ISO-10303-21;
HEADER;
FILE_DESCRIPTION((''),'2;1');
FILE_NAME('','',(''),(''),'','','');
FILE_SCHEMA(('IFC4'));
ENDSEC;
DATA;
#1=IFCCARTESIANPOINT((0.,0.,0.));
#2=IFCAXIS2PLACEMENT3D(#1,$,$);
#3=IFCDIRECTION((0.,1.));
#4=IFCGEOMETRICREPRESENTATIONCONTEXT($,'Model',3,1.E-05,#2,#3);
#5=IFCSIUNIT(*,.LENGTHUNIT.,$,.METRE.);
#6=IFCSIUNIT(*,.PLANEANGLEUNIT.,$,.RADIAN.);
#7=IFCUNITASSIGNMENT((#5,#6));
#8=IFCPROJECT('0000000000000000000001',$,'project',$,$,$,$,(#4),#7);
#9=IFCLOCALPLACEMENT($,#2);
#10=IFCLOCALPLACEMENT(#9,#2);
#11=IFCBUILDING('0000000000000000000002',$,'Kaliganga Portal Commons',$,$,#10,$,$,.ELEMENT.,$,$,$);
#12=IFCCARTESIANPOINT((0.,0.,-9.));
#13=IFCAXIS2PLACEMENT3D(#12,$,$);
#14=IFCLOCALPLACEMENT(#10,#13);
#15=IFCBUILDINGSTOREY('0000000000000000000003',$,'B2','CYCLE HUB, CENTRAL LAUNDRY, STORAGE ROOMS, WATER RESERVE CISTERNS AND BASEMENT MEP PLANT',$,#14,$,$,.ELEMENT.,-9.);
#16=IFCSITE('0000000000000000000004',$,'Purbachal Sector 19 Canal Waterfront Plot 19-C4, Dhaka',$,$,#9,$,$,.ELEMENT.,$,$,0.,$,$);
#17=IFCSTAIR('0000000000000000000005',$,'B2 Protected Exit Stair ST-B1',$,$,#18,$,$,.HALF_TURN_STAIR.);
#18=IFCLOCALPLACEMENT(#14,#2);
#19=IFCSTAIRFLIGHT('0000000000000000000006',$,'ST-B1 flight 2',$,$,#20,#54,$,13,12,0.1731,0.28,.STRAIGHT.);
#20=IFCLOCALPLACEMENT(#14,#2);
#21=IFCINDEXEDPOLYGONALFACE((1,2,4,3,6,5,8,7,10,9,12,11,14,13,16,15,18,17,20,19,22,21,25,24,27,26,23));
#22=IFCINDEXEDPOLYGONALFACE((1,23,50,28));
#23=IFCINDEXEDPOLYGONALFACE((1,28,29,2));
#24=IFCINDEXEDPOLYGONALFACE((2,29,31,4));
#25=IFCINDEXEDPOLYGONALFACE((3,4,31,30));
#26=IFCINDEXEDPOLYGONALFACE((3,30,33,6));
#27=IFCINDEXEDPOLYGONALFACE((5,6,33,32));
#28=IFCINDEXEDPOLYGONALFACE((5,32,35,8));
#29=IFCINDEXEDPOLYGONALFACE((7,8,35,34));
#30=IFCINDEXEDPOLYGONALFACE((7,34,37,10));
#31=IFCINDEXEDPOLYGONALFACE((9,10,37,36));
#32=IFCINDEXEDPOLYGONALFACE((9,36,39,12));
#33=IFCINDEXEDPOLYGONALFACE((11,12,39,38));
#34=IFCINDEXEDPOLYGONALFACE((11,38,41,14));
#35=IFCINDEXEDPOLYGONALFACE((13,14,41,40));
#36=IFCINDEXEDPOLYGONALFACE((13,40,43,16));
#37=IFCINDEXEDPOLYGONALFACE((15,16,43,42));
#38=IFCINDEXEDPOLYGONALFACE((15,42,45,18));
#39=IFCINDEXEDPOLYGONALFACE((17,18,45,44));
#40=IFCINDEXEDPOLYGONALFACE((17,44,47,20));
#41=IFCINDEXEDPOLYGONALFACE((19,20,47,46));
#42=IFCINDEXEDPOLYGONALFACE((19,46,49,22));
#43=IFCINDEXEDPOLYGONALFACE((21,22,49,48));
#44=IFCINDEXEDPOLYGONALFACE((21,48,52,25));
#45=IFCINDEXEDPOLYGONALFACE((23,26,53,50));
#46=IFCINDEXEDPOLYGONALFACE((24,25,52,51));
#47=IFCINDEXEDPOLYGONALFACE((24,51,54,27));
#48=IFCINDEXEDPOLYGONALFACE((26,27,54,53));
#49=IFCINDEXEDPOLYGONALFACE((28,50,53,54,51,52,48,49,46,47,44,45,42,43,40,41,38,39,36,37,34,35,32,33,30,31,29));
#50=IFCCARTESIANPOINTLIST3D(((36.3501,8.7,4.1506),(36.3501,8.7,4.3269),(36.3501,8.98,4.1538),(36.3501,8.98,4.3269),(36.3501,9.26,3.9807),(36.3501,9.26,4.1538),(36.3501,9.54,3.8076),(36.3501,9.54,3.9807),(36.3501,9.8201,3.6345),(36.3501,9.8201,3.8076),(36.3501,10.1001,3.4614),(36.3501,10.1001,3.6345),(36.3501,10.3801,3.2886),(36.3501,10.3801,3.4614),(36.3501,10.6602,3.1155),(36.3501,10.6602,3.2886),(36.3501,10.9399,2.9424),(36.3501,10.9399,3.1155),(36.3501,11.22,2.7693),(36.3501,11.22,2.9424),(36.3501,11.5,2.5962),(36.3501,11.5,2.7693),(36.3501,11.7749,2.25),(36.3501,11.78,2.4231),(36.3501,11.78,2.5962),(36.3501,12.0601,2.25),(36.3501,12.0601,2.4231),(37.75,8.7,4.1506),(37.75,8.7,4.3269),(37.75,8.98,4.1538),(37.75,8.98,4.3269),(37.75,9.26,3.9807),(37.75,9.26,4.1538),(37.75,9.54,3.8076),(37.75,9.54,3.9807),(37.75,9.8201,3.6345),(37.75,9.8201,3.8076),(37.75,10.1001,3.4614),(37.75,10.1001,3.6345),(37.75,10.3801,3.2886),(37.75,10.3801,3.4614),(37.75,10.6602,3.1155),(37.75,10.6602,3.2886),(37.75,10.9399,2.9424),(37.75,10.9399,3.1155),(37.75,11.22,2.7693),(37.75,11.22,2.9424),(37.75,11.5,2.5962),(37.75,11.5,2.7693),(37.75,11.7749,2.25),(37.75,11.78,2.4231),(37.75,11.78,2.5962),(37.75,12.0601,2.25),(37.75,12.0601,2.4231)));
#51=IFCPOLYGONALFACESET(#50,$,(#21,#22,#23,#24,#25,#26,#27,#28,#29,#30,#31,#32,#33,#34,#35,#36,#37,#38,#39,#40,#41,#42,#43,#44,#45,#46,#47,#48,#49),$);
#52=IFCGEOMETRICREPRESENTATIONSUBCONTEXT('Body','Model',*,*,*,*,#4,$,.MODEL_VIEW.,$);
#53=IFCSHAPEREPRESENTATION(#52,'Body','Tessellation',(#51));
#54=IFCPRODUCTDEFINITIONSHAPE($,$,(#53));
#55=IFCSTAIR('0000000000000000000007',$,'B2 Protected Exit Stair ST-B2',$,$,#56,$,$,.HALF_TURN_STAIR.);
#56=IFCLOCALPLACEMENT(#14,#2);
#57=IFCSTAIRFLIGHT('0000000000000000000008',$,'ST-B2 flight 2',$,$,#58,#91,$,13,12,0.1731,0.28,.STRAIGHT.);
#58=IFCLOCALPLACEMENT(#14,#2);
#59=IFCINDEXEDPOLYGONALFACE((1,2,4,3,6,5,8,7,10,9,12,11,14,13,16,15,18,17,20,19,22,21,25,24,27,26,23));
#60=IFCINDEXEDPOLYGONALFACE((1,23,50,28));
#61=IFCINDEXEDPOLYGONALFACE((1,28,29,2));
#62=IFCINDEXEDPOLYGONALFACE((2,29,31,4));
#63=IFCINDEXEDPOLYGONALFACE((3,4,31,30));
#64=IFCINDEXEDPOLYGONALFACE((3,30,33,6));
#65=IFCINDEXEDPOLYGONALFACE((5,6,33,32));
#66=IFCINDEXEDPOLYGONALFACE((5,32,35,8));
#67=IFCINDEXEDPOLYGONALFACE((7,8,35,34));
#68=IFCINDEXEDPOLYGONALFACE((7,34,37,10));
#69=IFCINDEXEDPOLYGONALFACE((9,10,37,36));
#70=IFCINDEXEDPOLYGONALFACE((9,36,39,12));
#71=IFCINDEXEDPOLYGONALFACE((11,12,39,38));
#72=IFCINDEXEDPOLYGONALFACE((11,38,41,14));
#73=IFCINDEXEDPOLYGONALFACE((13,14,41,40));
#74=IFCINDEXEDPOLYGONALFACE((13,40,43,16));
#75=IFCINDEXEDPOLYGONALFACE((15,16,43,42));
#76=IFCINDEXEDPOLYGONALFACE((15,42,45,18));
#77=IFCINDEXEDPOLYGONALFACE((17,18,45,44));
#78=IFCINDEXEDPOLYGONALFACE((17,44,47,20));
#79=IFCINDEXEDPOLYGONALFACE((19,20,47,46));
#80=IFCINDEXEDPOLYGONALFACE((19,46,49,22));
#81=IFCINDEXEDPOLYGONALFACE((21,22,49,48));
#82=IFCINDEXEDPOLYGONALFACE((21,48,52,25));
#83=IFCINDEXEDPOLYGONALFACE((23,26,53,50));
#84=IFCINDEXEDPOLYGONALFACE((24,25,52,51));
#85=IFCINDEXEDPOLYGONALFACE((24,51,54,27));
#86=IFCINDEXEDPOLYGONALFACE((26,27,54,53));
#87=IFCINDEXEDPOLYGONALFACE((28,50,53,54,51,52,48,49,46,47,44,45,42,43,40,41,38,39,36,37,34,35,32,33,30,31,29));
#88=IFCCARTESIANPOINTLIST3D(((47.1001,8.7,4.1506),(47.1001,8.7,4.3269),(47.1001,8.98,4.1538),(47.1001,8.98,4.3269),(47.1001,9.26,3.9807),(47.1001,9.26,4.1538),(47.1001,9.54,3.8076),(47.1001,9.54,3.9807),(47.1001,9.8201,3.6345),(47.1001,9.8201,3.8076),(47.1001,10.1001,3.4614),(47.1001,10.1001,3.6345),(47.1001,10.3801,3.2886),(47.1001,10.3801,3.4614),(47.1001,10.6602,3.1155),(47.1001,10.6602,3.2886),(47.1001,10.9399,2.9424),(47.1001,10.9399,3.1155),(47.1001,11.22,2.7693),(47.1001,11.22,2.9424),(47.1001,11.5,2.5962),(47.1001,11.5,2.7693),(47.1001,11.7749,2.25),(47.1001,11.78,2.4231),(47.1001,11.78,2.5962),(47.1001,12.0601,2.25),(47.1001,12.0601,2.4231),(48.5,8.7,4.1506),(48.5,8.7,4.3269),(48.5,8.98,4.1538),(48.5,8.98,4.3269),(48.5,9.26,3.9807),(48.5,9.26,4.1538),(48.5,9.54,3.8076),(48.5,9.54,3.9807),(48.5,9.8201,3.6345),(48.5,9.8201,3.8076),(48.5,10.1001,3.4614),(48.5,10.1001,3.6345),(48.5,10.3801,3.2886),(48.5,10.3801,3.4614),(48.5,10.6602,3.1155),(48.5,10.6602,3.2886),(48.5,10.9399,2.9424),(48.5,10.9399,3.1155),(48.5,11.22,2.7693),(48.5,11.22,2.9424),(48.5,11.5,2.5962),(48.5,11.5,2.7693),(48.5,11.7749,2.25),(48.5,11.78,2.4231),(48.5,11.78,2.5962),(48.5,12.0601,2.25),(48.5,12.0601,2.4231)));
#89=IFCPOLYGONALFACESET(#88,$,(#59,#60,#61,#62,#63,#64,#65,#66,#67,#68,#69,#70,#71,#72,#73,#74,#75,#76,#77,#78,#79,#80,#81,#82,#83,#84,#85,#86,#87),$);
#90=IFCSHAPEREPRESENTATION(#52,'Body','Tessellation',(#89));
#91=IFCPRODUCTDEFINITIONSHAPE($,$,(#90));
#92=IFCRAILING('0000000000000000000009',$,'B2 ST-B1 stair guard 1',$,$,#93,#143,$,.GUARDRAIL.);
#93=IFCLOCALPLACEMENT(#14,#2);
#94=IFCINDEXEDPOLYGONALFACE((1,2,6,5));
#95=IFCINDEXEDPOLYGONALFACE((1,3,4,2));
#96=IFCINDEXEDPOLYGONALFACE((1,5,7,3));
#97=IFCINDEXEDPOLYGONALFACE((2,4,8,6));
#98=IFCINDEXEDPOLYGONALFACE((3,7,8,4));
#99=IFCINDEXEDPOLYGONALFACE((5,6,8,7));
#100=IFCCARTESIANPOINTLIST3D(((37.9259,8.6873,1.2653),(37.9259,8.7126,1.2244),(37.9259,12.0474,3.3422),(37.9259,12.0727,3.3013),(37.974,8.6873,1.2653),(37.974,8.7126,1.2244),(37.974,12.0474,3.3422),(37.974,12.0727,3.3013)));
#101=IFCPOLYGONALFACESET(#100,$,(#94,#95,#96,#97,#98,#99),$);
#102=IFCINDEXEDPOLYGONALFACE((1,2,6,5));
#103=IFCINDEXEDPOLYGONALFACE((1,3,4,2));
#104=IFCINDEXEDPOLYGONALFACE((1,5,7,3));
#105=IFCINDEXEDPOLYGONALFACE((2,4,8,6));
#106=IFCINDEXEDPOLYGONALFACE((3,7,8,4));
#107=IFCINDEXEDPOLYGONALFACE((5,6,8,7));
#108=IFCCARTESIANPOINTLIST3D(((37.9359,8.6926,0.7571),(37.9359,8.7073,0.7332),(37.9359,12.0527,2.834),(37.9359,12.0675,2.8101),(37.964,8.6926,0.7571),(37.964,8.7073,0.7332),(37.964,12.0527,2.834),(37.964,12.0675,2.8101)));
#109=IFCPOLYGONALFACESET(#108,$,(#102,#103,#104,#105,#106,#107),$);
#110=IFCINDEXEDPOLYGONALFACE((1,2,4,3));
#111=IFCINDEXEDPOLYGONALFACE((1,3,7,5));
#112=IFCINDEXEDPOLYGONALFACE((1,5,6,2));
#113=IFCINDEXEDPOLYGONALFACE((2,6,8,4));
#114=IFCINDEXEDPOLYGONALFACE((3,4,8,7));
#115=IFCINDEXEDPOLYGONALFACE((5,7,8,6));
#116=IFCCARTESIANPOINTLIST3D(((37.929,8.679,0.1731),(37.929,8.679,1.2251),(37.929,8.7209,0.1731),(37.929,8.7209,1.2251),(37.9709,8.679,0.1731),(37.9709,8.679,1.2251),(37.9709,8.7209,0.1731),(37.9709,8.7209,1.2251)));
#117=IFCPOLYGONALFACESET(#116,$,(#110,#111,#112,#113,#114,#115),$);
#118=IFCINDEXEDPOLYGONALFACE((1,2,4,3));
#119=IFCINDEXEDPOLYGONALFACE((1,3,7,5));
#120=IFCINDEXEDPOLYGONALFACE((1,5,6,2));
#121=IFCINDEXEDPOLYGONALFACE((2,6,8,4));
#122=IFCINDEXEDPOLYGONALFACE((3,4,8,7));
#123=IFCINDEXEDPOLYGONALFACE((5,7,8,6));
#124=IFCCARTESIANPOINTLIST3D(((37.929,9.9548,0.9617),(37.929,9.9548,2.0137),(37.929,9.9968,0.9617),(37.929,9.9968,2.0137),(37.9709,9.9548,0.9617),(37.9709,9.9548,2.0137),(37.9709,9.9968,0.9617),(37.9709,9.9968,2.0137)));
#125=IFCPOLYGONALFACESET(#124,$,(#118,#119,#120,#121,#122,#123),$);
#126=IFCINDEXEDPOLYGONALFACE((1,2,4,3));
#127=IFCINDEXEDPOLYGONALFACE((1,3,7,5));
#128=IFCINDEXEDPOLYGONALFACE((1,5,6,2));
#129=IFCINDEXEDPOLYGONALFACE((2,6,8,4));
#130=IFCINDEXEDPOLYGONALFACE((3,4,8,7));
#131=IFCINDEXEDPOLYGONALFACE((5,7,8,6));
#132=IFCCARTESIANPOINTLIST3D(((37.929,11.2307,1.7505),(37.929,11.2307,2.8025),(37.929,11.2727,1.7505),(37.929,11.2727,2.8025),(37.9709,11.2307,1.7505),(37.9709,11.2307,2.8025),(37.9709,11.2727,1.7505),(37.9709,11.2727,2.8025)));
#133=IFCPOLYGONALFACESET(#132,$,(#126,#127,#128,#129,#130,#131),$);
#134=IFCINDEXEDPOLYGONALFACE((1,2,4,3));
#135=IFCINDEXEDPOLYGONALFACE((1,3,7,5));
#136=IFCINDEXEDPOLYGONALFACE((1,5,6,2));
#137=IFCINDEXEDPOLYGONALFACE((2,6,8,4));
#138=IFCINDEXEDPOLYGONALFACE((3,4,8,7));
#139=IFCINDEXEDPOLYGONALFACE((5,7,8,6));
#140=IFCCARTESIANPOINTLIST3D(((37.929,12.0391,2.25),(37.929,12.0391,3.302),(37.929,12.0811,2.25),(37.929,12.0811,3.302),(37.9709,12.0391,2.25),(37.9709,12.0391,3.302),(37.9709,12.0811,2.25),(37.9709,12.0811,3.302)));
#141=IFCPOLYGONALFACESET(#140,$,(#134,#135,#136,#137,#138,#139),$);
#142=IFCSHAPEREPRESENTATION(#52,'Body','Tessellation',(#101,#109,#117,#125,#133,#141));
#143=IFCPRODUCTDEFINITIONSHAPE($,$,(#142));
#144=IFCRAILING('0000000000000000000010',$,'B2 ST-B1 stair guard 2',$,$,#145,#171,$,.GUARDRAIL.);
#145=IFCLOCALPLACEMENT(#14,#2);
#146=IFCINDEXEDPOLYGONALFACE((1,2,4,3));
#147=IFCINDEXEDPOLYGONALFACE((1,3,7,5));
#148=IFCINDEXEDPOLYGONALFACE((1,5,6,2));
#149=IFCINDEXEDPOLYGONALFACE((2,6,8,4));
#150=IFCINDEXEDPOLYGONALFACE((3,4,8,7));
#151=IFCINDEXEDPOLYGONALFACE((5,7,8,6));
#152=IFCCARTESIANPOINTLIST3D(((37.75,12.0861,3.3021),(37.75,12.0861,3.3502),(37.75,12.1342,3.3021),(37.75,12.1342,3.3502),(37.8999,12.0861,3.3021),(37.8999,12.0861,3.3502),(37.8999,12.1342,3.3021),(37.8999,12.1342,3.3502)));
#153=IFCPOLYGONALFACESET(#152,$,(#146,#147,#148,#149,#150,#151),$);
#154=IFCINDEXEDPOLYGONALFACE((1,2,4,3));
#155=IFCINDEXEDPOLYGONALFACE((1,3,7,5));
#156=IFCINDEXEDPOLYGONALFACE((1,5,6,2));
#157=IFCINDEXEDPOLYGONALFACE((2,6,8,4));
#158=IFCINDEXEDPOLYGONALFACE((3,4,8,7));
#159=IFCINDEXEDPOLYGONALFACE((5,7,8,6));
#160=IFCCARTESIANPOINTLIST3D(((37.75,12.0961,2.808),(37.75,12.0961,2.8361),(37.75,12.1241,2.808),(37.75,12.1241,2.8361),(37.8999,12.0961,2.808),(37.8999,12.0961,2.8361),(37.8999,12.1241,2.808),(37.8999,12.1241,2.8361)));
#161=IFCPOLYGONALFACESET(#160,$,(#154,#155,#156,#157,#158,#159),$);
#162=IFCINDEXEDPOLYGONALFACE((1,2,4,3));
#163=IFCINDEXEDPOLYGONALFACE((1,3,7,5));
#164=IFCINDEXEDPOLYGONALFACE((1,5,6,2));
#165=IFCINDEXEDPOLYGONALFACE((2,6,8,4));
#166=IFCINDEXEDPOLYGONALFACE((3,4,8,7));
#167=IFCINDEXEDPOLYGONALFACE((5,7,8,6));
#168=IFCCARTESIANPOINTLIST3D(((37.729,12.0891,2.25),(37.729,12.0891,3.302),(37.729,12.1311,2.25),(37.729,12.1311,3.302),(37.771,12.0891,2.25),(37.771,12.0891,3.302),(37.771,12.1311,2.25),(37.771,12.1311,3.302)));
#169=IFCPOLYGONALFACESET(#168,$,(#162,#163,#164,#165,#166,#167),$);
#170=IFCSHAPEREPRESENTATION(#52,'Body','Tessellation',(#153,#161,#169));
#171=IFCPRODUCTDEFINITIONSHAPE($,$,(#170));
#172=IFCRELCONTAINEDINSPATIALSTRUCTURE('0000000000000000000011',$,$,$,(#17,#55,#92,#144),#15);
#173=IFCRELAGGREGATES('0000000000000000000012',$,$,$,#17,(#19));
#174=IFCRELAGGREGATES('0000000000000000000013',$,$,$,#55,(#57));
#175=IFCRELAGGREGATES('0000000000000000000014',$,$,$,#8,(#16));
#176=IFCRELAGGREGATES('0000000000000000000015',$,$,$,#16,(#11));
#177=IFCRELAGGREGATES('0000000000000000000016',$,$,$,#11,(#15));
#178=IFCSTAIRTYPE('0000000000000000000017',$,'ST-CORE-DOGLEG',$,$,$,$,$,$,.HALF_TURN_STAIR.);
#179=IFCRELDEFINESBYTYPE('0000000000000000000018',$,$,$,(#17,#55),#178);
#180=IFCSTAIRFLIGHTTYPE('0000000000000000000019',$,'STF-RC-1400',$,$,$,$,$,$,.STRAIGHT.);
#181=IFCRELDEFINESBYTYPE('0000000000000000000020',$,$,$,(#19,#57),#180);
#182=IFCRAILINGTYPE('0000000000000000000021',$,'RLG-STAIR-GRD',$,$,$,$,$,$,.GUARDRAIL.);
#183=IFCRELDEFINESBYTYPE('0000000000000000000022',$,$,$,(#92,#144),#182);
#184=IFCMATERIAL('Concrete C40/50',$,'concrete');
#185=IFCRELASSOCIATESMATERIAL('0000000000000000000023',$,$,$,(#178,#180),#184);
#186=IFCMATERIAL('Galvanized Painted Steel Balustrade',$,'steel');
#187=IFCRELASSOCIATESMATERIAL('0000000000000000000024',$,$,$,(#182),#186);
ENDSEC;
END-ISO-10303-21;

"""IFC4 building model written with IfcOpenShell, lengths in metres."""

from ifc_helpers import new_model, si_unit, direction, frame, origin, origin_2d, place, context, subcontext, project, spatial, polyline, rectangle, outline, extrude, material, type_object, element, aggregate, save


model = new_model("IFC4")

# Units and contexts
model_context = context("Model", 3, precision=1e-05, world=origin(), true_north=direction((0.0, 1.0)))
body_context = subcontext(model_context, "Body", "Model", "MODEL_VIEW")
ifc_project = project(units=[si_unit("LENGTHUNIT", "METRE"), si_unit("PLANEANGLEUNIT", "RADIAN")], contexts=[model_context])

# Site, building, storey
site_placement = place(None, origin())
site = spatial("IfcSite", under=ifc_project, at=site_placement, Name="Purbachal Sector 19 Canal Waterfront Plot 19-C4, Dhaka", CompositionType="ELEMENT", RefElevation=0.0)
building_placement = place(site_placement, origin())
building = spatial("IfcBuilding", under=site, at=building_placement, Name="Kaliganga Portal Commons", CompositionType="ELEMENT")
storey_placement = place(building_placement, frame((0.0, 0.0, -9.0)))
storey = spatial("IfcBuildingStorey", under=building, at=storey_placement, Name="B2", Description="CYCLE HUB, CENTRAL LAUNDRY, STORAGE ROOMS, WATER RESERVE CISTERNS AND BASEMENT MEP PLANT", CompositionType="ELEMENT", Elevation=-9.0)

# Stair, stair flight
ifc_material_1 = material(Name="Concrete C40/50", Category="concrete")
stair_type = type_object("IfcStairType", Name="ST-CORE-DOGLEG", PredefinedType="HALF_TURN_STAIR", material=ifc_material_1)
stair_1_placement = place(storey_placement, origin())
stair_1 = element("IfcStair", 1, at=stair_1_placement, inside=storey, type_object=stair_type, Name="B2 Protected Exit Stair ST-B1", PredefinedType="HALF_TURN_STAIR")
stair_flight_type = type_object("IfcStairFlightType", Name="STF-RC-1400", PredefinedType="STRAIGHT", material=ifc_material_1)
stair_flight_1_placement = place(storey_placement, frame((37.05, 12.0601, 2.25), z_axis=(0.0, 0.0, 1.0), x_axis=(0.0, -1.0, 0.0)))
stair_flight_1 = element("IfcStairFlight", 2, at=stair_flight_1_placement, type_object=stair_flight_type, Name="ST-B1 flight 2", NumberOfRisers=13, NumberOfTreads=12, PredefinedType="STRAIGHT", RiserHeight=0.1731, TreadLength=0.28, context=body_context, shape_type="SweptSolid", body=[
    extrude(outline(polyline([(0.0, 0.0), (0.0, 0.1731), (0.28, 0.1731), (0.28, 0.3462), (0.5601, 0.3462), (0.5601, 0.5193), (0.8401, 0.5193), (0.8401, 0.6924), (1.1201, 0.6924), (1.1201, 0.8655), (1.3999, 0.8655), (1.3999, 1.0386), (1.6799, 1.0386), (1.6799, 1.2114), (1.96, 1.2114), (1.96, 1.3845), (2.24, 1.3845), (2.24, 1.5576), (2.52, 1.5576), (2.52, 1.7307), (2.8, 1.7307), (2.8, 1.9038), (3.0801, 1.9038), (3.0801, 2.0769), (3.3601, 2.0769), (3.3601, 2.25), (3.3601, 1.9006), (0.2852, 0.0), (0.0, 0.0)])), frame((0.0, 0.7, 0.0), z_axis=(0.0, -1.0, 0.0), x_axis=(1.0, 0.0, 0.0)), (0.0, 0.0, 1.0), 1.3999),
])
aggregate(stair_1, [stair_flight_1])

# Stair, stair flight
stair_2_placement = place(storey_placement, origin())
stair_2 = element("IfcStair", 3, at=stair_2_placement, inside=storey, type_object=stair_type, Name="B2 Protected Exit Stair ST-B2", PredefinedType="HALF_TURN_STAIR")
stair_flight_2_placement = place(storey_placement, frame((47.8, 12.0601, 2.25), z_axis=(0.0, 0.0, 1.0), x_axis=(0.0, -1.0, 0.0)))
stair_flight_2 = element("IfcStairFlight", 4, at=stair_flight_2_placement, type_object=stair_flight_type, Name="ST-B2 flight 2", NumberOfRisers=13, NumberOfTreads=12, PredefinedType="STRAIGHT", RiserHeight=0.1731, TreadLength=0.28, context=body_context, shape_type="SweptSolid", body=[
    extrude(outline(polyline([(0.0, 0.0), (0.0, 0.1731), (0.28, 0.1731), (0.28, 0.3462), (0.5601, 0.3462), (0.5601, 0.5193), (0.8401, 0.5193), (0.8401, 0.6924), (1.1201, 0.6924), (1.1201, 0.8655), (1.3999, 0.8655), (1.3999, 1.0386), (1.6799, 1.0386), (1.6799, 1.2114), (1.96, 1.2114), (1.96, 1.3845), (2.24, 1.3845), (2.24, 1.5576), (2.52, 1.5576), (2.52, 1.7307), (2.8, 1.7307), (2.8, 1.9038), (3.0801, 1.9038), (3.0801, 2.0769), (3.3601, 2.0769), (3.3601, 2.25), (3.3601, 1.9006), (0.2852, 0.0), (0.0, 0.0)])), frame((0.0, 0.7, 0.0), z_axis=(0.0, -1.0, 0.0), x_axis=(1.0, 0.0, 0.0)), (0.0, 0.0, 1.0), 1.3999),
])
aggregate(stair_2, [stair_flight_2])

# Railings
ifc_material_2 = material(Name="Galvanized Painted Steel Balustrade", Category="steel")
railing_type_1 = type_object("IfcRailingType", Name="RLG-STAIR-GRD", PredefinedType="GUARDRAIL", material=ifc_material_2)
railing_1_placement = place(storey_placement, frame((37.95, 8.7, 0.1731)))
element("IfcRailing", 5, at=railing_1_placement, inside=storey, type_object=railing_type_1, Name="B2 ST-B1 stair guard 1", PredefinedType="GUARDRAIL", context=body_context, shape_type="SweptSolid", body=[
    extrude(rectangle(XDim=0.0481, YDim=0.0481, at=origin_2d()), frame((0.0, 0.0, 1.0718), z_axis=(0.0, 0.850623, 0.525776), x_axis=(-1.0, 0.0, 0.0)), (0.0, 0.0, 1.0), 3.9502),
    extrude(rectangle(XDim=0.0281, YDim=0.0281, at=origin_2d()), frame((0.0, 0.0, 0.572), z_axis=(0.0, 0.850623, 0.525776), x_axis=(-1.0, 0.0, 0.0)), (0.0, 0.0, 1.0), 3.9502),
    extrude(rectangle(XDim=0.042, YDim=0.042, at=origin_2d()), origin(), (0.0, 0.0, 1.0), 1.052),
    extrude(rectangle(XDim=0.042, YDim=0.042, at=origin_2d()), frame((0.0, 1.2759, 0.7886)), (0.0, 0.0, 1.0), 1.052),
    extrude(rectangle(XDim=0.042, YDim=0.042, at=origin_2d()), frame((0.0, 2.5518, 1.5774)), (0.0, 0.0, 1.0), 1.052),
    extrude(rectangle(XDim=0.042, YDim=0.042, at=origin_2d()), frame((0.0, 3.3601, 2.0769)), (0.0, 0.0, 1.0), 1.052),
])
railing_2_placement = place(storey_placement, frame((37.8999, 12.1101, 2.25)))
element("IfcRailing", 6, at=railing_2_placement, inside=storey, type_object=railing_type_1, Name="B2 ST-B1 stair guard 2", PredefinedType="GUARDRAIL", context=body_context, shape_type="SweptSolid", body=[
    extrude(rectangle(XDim=0.0481, YDim=0.0481, at=origin_2d()), frame((0.0, 0.0, 1.0762), z_axis=(-1.0, 0.0, 0.0), x_axis=(0.0, -1.0, 0.0)), (0.0, 0.0, 1.0), 0.1499),
    extrude(rectangle(XDim=0.0281, YDim=0.0281, at=origin_2d()), frame((0.0, 0.0, 0.572), z_axis=(-1.0, 0.0, 0.0), x_axis=(0.0, -1.0, 0.0)), (0.0, 0.0, 1.0), 0.1499),
    extrude(rectangle(XDim=0.042, YDim=0.042, at=origin_2d()), frame((-0.1499, 0.0, 0.0)), (0.0, 0.0, 1.0), 1.052),
])

save(model, "model.ifc")
